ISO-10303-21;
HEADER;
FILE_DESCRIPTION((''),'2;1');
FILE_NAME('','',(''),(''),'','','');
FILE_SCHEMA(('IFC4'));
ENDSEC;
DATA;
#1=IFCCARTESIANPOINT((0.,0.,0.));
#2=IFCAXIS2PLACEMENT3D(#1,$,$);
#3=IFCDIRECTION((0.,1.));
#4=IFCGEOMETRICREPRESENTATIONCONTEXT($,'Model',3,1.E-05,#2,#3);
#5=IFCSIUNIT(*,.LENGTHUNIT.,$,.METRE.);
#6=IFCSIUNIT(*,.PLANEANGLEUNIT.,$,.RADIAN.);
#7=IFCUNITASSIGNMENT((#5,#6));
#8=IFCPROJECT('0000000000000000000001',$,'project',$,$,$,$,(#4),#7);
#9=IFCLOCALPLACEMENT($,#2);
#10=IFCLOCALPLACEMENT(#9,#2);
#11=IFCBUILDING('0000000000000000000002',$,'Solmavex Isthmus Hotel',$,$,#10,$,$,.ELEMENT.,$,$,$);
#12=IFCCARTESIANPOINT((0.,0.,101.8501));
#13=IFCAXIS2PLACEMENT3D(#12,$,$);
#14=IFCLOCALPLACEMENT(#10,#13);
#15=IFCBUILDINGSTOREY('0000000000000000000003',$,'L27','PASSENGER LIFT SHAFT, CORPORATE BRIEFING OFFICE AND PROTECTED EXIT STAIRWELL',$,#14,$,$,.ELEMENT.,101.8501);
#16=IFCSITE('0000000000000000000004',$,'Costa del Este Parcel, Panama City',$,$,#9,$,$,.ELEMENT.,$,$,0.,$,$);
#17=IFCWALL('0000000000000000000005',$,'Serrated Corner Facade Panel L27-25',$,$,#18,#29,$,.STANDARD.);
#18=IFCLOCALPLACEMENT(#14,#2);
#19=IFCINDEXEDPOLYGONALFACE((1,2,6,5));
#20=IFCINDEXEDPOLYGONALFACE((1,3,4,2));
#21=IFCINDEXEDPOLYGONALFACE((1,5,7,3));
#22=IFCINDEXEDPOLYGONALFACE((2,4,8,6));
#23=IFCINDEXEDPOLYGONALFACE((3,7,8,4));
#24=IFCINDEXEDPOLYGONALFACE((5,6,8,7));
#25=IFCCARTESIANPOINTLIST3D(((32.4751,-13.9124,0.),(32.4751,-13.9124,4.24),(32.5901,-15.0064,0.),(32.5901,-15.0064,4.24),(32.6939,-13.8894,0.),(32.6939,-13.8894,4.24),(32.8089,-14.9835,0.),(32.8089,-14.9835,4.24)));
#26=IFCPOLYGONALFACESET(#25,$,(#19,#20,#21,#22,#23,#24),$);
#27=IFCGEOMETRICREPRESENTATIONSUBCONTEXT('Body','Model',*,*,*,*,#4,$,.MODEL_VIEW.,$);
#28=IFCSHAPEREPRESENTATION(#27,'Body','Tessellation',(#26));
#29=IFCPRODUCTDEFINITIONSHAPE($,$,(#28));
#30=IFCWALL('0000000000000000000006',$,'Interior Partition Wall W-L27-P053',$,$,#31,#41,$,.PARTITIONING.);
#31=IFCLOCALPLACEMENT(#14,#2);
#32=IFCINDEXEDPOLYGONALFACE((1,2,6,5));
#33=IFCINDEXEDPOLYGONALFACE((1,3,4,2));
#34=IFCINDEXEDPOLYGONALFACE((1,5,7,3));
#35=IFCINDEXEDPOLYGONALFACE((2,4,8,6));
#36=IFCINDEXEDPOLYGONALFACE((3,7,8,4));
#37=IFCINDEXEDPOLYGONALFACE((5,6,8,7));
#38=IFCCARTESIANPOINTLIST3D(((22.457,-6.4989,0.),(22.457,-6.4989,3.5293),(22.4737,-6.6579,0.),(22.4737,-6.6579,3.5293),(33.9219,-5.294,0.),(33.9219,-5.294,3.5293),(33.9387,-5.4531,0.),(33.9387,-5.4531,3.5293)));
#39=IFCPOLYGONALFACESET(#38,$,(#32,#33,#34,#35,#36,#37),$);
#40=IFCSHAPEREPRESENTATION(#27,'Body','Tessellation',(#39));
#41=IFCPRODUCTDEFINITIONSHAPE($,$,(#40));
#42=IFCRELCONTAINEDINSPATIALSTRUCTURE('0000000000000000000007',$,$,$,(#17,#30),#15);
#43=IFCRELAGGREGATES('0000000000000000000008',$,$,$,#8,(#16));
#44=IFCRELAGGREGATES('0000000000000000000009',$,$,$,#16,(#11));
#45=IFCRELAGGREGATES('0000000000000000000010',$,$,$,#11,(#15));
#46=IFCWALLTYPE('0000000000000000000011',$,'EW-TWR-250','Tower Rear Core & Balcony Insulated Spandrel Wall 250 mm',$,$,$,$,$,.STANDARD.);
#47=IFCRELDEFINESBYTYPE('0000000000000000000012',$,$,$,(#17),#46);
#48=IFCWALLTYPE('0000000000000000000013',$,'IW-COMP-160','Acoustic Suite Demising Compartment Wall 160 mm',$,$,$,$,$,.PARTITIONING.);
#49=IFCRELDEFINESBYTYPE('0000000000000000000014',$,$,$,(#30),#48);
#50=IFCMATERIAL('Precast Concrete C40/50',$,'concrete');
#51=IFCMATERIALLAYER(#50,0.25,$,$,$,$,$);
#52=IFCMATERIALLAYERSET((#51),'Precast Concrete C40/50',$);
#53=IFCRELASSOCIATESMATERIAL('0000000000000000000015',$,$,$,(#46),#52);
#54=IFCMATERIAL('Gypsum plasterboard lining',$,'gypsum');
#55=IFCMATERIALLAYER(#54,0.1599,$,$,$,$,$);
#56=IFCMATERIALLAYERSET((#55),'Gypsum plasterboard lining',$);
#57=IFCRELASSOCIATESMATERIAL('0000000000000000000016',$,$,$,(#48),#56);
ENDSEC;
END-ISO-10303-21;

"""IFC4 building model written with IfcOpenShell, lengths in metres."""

from ifc_helpers import new_model, si_unit, direction, frame, frame_2d, origin, place, context, subcontext, project, spatial, rectangle, extrude, material, layer, layer_set, type_object, element, save


model = new_model("IFC4")

# Units and contexts
model_context = context("Model", 3, precision=1e-05, world=origin(), true_north=direction((0.0, 1.0)))
body_context = subcontext(model_context, "Body", "Model", "MODEL_VIEW")
ifc_project = project(units=[si_unit("LENGTHUNIT", "METRE"), si_unit("PLANEANGLEUNIT", "RADIAN")], contexts=[model_context])

# Site, building, storey
site_placement = place(None, origin())
site = spatial("IfcSite", under=ifc_project, at=site_placement, Name="Costa del Este Parcel, Panama City", CompositionType="ELEMENT", RefElevation=0.0)
building_placement = place(site_placement, origin())
building = spatial("IfcBuilding", under=site, at=building_placement, Name="Solmavex Isthmus Hotel", CompositionType="ELEMENT")
storey_placement = place(building_placement, frame((0.0, 0.0, 101.8501)))
storey = spatial("IfcBuildingStorey", under=building, at=storey_placement, Name="L27", Description="PASSENGER LIFT SHAFT, CORPORATE BRIEFING OFFICE AND PROTECTED EXIT STAIRWELL", CompositionType="ELEMENT", Elevation=101.8501)

# Walls
ifc_material_1 = material(Name="Precast Concrete C40/50", Category="concrete")
ifc_layer_1 = layer(ifc_material_1, 0.25)
ifc_layer_set_1 = layer_set([ifc_layer_1], Name="Precast Concrete C40/50")
wall_type_1 = type_object("IfcWallType", Name="EW-TWR-250", Description="Tower Rear Core & Balcony Insulated Spandrel Wall 250 mm", PredefinedType="STANDARD", material=ifc_layer_set_1)
for number, where, z_axis, x_axis, name in (
    (1, (32.5845, -13.9009, 0.0), (0.0, 0.0, 1.0), (0.104535, -0.994521, 0.0), "Serrated Corner Facade Panel L27-25"),
):
    element("IfcWall", number, at=place(storey_placement, frame(where, z_axis=z_axis, x_axis=x_axis)), inside=storey, type_object=wall_type_1, Name=name, PredefinedType="STANDARD", context=body_context, shape_type="SweptSolid", body=[
        extrude(rectangle(XDim=1.1001, YDim=0.22, at=frame_2d((0.55, 0.0))), origin(), (0.0, 0.0, 1.0), 4.24),
    ])
ifc_material_2 = material(Name="Gypsum plasterboard lining", Category="gypsum")
ifc_layer_2 = layer(ifc_material_2, 0.1599)
ifc_layer_set_2 = layer_set([ifc_layer_2], Name="Gypsum plasterboard lining")
wall_type_2 = type_object("IfcWallType", Name="IW-COMP-160", Description="Acoustic Suite Demising Compartment Wall 160 mm", PredefinedType="PARTITIONING", material=ifc_layer_set_2)
wall_1_placement = place(storey_placement, frame((33.9304, -5.3735, 0.0), z_axis=(0.0, 0.0, 1.0), x_axis=(-0.994523, -0.104514, 0.0)))
element("IfcWall", 2, at=wall_1_placement, inside=storey, type_object=wall_type_2, Name="Interior Partition Wall W-L27-P053", PredefinedType="PARTITIONING", context=body_context, shape_type="SweptSolid", body=[
    extrude(rectangle(XDim=11.5281, YDim=0.1599, at=frame_2d((5.7642, 0.0))), origin(), (0.0, 0.0, 1.0), 3.5293),
])

save(model, "model.ifc")
